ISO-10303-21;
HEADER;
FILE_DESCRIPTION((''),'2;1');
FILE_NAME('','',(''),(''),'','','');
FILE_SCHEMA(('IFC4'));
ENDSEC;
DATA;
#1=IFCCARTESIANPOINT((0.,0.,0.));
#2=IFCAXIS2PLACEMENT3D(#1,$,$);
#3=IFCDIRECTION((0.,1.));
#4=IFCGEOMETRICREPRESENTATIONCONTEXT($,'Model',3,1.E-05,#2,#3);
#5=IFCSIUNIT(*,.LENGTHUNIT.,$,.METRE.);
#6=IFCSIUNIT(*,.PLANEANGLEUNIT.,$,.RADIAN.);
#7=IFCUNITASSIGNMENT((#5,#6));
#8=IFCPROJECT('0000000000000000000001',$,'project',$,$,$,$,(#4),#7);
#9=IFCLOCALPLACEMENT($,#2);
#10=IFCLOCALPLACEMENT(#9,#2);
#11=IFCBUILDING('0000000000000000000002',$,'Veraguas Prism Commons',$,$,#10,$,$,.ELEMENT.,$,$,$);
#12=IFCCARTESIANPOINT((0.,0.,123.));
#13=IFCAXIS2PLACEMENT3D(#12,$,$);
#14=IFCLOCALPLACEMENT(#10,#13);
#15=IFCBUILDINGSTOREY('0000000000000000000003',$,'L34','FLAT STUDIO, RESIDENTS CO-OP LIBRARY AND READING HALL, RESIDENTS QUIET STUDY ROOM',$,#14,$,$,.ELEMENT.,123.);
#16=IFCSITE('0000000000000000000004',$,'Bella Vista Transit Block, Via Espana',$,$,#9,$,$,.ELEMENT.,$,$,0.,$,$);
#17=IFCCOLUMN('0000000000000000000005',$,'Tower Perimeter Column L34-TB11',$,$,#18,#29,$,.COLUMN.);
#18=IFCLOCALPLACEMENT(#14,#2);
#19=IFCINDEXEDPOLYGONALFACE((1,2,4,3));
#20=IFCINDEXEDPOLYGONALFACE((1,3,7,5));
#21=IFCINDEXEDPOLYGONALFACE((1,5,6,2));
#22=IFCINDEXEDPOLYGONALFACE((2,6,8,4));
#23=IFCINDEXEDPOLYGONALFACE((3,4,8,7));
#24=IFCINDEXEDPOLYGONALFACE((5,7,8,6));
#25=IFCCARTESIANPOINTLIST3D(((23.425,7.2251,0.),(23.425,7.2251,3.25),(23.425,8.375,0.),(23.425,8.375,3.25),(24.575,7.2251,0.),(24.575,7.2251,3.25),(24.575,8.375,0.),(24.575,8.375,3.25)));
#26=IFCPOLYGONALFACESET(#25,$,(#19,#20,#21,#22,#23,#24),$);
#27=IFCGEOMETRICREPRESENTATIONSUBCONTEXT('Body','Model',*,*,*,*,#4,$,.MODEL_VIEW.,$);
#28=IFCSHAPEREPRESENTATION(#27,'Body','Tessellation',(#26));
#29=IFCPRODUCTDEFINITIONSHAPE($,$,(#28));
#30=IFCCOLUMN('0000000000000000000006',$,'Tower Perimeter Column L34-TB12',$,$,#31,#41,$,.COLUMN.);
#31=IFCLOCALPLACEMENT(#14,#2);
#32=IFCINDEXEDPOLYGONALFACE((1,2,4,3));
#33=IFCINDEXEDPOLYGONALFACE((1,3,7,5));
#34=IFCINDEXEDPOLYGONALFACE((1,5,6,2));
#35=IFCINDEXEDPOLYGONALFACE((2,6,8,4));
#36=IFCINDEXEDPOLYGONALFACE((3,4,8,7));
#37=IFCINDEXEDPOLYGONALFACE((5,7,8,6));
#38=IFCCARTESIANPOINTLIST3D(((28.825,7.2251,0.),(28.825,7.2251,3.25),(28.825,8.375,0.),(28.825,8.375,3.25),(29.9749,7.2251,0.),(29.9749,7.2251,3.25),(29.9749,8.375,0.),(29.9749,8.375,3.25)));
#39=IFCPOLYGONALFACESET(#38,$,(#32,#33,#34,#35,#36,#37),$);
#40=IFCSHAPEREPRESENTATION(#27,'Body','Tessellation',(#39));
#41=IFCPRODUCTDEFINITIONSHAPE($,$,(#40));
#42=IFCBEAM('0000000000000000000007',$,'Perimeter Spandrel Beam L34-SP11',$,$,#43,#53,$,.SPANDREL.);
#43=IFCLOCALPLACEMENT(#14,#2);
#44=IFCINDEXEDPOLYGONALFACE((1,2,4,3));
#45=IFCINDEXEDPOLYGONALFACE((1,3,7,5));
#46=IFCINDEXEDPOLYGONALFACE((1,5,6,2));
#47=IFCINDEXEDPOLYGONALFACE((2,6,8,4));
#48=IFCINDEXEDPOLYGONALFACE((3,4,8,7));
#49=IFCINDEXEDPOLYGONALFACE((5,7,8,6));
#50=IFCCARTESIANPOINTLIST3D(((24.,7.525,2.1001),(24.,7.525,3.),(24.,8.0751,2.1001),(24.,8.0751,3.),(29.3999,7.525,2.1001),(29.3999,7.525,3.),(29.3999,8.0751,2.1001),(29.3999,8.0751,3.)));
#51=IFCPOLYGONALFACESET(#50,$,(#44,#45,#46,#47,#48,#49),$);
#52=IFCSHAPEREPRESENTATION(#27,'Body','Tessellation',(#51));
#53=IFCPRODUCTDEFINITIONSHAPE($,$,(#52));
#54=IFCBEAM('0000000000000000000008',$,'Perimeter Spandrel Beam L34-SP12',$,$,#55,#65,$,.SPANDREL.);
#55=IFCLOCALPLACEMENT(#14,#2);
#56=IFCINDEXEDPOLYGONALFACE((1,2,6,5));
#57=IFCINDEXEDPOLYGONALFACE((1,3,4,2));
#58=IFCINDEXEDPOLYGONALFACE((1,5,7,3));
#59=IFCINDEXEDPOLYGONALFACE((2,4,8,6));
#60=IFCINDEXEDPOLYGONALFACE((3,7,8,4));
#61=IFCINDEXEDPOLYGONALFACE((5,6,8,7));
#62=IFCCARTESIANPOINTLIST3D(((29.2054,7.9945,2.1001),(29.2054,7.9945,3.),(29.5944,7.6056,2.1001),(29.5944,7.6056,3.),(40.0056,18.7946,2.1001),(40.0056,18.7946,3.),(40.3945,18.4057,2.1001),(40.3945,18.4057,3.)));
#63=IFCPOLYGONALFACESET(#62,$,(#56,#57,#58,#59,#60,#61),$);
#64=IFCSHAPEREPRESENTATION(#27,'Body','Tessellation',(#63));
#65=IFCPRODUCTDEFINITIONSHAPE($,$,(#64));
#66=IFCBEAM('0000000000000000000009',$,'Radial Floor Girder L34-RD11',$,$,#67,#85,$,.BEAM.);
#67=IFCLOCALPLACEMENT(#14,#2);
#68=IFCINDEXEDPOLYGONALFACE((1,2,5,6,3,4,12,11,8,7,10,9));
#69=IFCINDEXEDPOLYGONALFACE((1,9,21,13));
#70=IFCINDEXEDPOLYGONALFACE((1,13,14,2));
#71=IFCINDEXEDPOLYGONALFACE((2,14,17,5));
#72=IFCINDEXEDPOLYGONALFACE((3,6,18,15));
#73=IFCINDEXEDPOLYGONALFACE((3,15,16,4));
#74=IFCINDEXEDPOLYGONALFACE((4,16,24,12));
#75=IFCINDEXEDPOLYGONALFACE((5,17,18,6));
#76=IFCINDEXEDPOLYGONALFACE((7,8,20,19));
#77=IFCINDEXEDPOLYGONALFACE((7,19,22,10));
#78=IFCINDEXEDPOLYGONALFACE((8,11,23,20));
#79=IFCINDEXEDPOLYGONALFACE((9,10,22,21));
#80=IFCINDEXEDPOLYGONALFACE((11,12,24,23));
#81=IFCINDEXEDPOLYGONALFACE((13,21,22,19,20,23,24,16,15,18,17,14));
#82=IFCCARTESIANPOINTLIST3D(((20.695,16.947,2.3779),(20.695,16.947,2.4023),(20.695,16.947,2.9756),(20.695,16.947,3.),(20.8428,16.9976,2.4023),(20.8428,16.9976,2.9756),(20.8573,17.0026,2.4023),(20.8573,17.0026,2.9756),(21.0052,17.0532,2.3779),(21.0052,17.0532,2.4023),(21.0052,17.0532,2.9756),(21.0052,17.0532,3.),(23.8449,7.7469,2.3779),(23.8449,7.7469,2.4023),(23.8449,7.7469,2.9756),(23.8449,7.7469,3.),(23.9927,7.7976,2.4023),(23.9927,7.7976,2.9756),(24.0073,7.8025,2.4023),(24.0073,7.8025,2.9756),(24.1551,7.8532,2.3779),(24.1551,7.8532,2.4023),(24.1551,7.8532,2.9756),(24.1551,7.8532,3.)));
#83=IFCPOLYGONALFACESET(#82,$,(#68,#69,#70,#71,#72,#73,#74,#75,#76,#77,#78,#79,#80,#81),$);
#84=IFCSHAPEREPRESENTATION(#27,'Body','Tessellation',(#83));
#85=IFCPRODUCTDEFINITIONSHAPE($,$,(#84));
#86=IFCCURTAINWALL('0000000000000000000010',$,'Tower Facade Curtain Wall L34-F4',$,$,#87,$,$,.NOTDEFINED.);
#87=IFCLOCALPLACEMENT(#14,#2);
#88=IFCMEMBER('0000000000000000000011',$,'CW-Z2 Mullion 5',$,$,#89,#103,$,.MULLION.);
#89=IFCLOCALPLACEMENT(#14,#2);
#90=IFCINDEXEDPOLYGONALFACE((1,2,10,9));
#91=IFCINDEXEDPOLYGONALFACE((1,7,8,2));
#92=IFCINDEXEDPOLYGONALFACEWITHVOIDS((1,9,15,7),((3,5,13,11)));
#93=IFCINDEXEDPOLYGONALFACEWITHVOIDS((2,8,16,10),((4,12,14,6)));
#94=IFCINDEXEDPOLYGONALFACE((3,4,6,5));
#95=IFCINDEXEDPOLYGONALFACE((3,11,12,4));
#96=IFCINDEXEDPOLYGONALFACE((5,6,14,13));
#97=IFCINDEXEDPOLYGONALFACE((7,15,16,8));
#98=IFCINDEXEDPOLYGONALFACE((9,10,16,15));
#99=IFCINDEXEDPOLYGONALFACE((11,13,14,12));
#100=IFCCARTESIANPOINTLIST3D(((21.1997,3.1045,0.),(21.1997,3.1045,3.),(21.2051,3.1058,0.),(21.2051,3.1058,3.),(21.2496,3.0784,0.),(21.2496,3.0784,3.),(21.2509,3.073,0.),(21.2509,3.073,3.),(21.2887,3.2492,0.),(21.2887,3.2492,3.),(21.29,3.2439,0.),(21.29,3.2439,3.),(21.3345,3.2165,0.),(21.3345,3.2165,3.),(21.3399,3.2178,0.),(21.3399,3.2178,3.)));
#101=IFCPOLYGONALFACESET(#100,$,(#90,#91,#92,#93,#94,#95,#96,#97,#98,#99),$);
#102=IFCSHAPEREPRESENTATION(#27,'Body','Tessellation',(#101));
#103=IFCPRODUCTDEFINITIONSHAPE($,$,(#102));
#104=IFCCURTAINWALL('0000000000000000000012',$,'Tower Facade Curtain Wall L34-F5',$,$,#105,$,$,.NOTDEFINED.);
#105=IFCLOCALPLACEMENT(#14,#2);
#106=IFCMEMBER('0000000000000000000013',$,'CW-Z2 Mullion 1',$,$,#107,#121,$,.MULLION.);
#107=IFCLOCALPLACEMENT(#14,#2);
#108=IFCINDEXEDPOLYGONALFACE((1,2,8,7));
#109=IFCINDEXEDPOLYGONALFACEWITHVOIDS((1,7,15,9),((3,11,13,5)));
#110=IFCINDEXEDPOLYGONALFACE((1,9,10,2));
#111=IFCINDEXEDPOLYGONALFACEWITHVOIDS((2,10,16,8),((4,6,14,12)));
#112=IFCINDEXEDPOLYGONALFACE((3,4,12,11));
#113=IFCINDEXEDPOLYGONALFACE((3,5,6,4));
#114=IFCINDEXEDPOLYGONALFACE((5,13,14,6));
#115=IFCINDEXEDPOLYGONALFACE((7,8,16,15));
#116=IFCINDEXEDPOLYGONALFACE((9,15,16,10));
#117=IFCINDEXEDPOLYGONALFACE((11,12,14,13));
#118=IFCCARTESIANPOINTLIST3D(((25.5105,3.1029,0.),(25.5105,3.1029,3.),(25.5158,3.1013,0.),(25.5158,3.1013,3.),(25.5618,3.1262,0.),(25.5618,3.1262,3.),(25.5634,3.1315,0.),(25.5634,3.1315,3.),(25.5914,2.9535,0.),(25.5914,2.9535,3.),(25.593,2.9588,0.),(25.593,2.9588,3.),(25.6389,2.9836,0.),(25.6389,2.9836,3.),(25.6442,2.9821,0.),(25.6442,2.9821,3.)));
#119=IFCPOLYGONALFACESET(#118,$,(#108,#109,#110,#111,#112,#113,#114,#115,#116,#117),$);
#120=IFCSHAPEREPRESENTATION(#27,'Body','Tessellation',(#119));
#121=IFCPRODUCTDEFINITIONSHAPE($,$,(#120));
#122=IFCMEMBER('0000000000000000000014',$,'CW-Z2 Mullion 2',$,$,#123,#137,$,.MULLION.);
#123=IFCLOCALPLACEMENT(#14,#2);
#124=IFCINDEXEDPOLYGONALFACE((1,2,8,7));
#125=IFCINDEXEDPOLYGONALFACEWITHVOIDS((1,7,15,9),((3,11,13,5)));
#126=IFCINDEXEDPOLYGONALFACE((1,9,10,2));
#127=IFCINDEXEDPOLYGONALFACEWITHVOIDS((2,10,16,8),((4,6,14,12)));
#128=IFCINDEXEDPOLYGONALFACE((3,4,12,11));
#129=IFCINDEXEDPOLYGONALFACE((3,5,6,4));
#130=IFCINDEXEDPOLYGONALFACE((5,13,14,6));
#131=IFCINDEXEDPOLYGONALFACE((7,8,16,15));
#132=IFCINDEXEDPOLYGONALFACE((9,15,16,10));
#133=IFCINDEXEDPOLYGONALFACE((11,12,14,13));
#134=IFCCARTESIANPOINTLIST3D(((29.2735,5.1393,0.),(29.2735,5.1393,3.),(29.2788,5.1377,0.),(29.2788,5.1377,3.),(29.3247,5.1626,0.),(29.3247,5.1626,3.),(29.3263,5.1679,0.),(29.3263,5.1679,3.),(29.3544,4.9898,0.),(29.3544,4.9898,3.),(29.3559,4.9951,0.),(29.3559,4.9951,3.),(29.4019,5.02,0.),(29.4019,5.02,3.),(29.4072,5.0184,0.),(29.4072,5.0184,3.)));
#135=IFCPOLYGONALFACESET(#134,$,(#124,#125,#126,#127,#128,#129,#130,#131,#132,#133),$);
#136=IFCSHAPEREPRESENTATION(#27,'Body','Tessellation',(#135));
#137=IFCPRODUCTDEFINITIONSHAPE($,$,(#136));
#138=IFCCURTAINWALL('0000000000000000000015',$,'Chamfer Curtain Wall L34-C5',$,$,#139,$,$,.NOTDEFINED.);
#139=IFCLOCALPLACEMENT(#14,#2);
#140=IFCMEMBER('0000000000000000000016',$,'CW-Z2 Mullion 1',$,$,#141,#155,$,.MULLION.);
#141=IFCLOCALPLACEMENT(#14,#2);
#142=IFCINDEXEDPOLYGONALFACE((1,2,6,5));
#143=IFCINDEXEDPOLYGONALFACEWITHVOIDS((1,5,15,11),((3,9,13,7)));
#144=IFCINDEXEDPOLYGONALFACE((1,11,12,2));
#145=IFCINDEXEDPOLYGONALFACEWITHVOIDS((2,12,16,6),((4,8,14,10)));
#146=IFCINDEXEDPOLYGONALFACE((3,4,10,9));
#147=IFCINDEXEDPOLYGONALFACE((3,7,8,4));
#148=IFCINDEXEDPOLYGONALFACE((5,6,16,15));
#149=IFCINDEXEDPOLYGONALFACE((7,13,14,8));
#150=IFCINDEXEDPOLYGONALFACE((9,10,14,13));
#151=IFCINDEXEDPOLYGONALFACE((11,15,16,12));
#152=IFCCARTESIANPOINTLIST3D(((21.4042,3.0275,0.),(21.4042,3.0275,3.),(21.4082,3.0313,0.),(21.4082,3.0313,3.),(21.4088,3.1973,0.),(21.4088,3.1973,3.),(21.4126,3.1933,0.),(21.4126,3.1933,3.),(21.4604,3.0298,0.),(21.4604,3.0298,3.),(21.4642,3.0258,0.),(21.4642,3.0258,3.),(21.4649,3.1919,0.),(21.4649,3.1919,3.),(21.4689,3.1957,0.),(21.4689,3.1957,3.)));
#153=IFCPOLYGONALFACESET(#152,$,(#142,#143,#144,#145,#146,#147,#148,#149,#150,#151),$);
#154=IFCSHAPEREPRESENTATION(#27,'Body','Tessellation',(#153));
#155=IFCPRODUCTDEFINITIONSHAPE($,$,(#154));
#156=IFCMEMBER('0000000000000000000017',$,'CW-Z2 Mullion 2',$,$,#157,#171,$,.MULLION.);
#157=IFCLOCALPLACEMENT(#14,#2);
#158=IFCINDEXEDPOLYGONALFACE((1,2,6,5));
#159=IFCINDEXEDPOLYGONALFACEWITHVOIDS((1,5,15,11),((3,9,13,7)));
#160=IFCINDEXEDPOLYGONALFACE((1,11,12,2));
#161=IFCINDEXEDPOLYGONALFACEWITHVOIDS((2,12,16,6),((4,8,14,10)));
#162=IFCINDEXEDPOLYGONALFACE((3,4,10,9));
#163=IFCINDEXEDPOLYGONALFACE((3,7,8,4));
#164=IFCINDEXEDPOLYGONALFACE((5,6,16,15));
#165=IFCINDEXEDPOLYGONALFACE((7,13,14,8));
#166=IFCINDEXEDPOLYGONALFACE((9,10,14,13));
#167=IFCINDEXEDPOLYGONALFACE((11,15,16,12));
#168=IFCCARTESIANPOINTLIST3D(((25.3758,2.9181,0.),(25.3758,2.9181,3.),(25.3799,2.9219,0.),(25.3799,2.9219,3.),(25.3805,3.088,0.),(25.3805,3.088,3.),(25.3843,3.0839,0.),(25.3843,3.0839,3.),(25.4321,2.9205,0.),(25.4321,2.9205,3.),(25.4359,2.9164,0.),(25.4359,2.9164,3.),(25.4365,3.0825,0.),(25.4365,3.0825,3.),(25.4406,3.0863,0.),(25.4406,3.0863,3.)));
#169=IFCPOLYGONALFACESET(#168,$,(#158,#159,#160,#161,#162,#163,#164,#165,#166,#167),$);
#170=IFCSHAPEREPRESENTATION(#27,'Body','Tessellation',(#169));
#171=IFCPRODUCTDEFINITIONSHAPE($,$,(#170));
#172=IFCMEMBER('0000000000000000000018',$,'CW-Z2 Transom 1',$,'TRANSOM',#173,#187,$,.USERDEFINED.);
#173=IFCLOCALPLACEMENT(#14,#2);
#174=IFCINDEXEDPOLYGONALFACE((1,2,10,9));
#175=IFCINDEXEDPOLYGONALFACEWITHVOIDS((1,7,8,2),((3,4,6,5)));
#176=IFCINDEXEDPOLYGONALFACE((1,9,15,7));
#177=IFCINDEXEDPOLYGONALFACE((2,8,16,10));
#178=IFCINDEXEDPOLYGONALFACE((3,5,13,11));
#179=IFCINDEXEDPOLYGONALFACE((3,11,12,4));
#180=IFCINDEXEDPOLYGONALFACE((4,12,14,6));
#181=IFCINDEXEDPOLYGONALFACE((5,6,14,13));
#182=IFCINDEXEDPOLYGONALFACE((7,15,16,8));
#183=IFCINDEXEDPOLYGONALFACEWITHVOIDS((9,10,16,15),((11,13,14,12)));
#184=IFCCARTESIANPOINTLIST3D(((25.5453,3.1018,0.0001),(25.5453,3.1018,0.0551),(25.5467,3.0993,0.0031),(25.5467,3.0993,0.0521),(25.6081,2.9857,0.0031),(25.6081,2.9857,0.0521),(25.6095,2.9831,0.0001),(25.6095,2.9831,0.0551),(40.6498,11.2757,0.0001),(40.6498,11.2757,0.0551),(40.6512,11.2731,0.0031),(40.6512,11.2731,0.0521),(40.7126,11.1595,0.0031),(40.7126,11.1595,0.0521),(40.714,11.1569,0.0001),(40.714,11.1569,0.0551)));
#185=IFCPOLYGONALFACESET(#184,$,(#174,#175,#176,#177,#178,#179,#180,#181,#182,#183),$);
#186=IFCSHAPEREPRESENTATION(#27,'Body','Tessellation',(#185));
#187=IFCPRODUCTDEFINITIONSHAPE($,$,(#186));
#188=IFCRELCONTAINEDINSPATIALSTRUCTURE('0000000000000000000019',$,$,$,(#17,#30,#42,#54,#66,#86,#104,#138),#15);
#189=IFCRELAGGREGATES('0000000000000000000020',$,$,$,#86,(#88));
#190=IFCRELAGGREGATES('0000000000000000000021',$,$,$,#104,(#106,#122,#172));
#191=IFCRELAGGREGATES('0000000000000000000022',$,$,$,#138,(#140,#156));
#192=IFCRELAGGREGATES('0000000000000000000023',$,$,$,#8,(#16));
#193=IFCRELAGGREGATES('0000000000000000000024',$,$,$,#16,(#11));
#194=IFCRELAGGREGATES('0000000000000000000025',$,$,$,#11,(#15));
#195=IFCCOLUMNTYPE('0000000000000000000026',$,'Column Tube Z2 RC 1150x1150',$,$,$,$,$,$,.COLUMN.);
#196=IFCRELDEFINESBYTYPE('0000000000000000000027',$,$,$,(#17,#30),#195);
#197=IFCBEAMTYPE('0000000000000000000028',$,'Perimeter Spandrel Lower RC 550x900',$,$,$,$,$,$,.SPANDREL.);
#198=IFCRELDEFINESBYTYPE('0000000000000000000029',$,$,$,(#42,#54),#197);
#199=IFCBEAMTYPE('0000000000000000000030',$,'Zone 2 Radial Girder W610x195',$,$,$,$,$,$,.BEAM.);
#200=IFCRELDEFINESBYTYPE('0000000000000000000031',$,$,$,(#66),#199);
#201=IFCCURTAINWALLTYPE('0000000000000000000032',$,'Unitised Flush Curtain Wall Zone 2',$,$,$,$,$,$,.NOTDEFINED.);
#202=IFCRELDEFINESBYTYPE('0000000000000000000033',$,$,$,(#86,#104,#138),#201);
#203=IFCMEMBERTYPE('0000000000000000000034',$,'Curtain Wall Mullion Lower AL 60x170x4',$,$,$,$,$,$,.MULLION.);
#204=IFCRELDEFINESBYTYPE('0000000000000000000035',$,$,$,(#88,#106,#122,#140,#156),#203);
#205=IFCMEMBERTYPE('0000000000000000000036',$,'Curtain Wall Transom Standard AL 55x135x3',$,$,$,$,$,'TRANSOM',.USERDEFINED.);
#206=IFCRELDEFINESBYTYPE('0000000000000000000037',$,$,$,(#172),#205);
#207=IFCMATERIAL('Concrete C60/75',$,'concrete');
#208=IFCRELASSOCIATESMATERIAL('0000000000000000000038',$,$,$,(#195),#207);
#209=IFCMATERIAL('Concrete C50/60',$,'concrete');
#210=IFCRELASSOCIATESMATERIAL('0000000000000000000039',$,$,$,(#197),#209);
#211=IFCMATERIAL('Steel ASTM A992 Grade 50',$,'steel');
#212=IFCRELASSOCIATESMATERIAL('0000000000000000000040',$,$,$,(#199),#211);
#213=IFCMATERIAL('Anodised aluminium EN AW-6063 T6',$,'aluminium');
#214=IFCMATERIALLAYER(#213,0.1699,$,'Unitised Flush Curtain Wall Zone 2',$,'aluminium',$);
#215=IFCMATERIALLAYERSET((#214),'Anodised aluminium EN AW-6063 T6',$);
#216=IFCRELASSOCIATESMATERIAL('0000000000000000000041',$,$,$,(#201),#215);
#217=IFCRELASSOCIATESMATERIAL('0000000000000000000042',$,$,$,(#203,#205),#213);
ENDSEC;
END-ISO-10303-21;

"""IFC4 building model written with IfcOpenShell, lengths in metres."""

from ifc_helpers import new_model, si_unit, direction, frame, origin, origin_2d, place, context, subcontext, project, spatial, rectangle, hollow_rectangle, i_section, extrude, source, transform, mapped, material, layer, layer_set, material_profile, profile_set, type_object, element, aggregate, save


model = new_model("IFC4")

# Units and contexts
model_context = context("Model", 3, precision=1e-05, world=origin(), true_north=direction((0.0, 1.0)))
body_context = subcontext(model_context, "Body", "Model", "MODEL_VIEW")
ifc_project = project(units=[si_unit("LENGTHUNIT", "METRE"), si_unit("PLANEANGLEUNIT", "RADIAN")], contexts=[model_context])

# Site, building, storey
site_placement = place(None, origin())
site = spatial("IfcSite", under=ifc_project, at=site_placement, Name="Bella Vista Transit Block, Via Espana", CompositionType="ELEMENT", RefElevation=0.0)
building_placement = place(site_placement, origin())
building = spatial("IfcBuilding", under=site, at=building_placement, Name="Veraguas Prism Commons", CompositionType="ELEMENT")
storey_placement = place(building_placement, frame((0.0, 0.0, 123.0)))
storey = spatial("IfcBuildingStorey", under=building, at=storey_placement, Name="L34", Description="FLAT STUDIO, RESIDENTS CO-OP LIBRARY AND READING HALL, RESIDENTS QUIET STUDY ROOM", CompositionType="ELEMENT", Elevation=123.0)

# Columns
ifc_material_1 = material(Name="Concrete C60/75", Category="concrete")
ifc_material_profile_1 = material_profile(ifc_material_1, rectangle(XDim=1.1499, YDim=1.1499, at=origin_2d()), Name="RC1150X1150")
ifc_profile_set_1 = profile_set([ifc_material_profile_1], Name="Concrete C60/75")
column_type = type_object("IfcColumnType", Name="Column Tube Z2 RC 1150x1150", PredefinedType="COLUMN", material=ifc_profile_set_1)
for number, where, z_axis, x_axis, name in (
    (1, (24.0, 7.8, 0.0), (0.0, 0.0, 1.0), (1.0, 0.0, 0.0), "Tower Perimeter Column L34-TB11"),
    (2, (29.3999, 7.8, 0.0), (0.0, 0.0, 1.0), (1.0, 0.0, 0.0), "Tower Perimeter Column L34-TB12"),
):
    element("IfcColumn", number, at=place(storey_placement, frame(where, z_axis=z_axis, x_axis=x_axis)), inside=storey, type_object=column_type, Name=name, PredefinedType="COLUMN", context=body_context, shape_type="SweptSolid", body=[
        extrude(rectangle(XDim=1.1499, YDim=1.1499, at=origin_2d()), origin(), (0.0, 0.0, 1.0), 3.25),
    ])

# Beams
ifc_material_2 = material(Name="Concrete C50/60", Category="concrete")
ifc_material_profile_2 = material_profile(ifc_material_2, rectangle(XDim=0.55, YDim=0.8999, at=origin_2d()), Name="RC550X900")
ifc_profile_set_2 = profile_set([ifc_material_profile_2], Name="Concrete C50/60")
beam_type_1 = type_object("IfcBeamType", Name="Perimeter Spandrel Lower RC 550x900", PredefinedType="SPANDREL", material=ifc_profile_set_2)
beam_1_placement = place(storey_placement, frame((24.0, 7.8, 2.55), z_axis=(1.0, 0.0, 0.0), x_axis=(0.0, 1.0, 0.0)))
element("IfcBeam", 3, at=beam_1_placement, inside=storey, type_object=beam_type_1, Name="Perimeter Spandrel Beam L34-SP11", PredefinedType="SPANDREL", context=body_context, shape_type="SweptSolid", body=[
    extrude(rectangle(XDim=0.55, YDim=0.8999, at=origin_2d()), origin(), (0.0, 0.0, 1.0), 5.3999),
])
beam_2_placement = place(storey_placement, frame((29.3999, 7.8, 2.55), z_axis=(0.707107, 0.707107, 0.0), x_axis=(-0.707107, 0.707107, 0.0)))
element("IfcBeam", 4, at=beam_2_placement, inside=storey, type_object=beam_type_1, Name="Perimeter Spandrel Beam L34-SP12", PredefinedType="SPANDREL", context=body_context, shape_type="SweptSolid", body=[
    extrude(rectangle(XDim=0.55, YDim=0.8999, at=origin_2d()), origin(), (0.0, 0.0, 1.0), 15.2737),
])
ifc_material_3 = material(Name="Steel ASTM A992 Grade 50", Category="steel")
ifc_material_profile_3 = material_profile(ifc_material_3, i_section(OverallWidth=0.3279, OverallDepth=0.6221, WebThickness=0.0154, FlangeThickness=0.0244, at=origin_2d()), Name="W610X195")
ifc_profile_set_3 = profile_set([ifc_material_profile_3], Name="Steel ASTM A992 Grade 50")
beam_type_2 = type_object("IfcBeamType", Name="Zone 2 Radial Girder W610x195", PredefinedType="BEAM", material=ifc_profile_set_3)
beam_3_placement = place(storey_placement, frame((24.0, 7.8, 2.689), z_axis=(-0.323922, 0.946084, 0.0), x_axis=(-0.946084, -0.323922, 0.0)))
element("IfcBeam", 5, at=beam_3_placement, inside=storey, type_object=beam_type_2, Name="Radial Floor Girder L34-RD11", PredefinedType="BEAM", context=body_context, shape_type="SweptSolid", body=[
    extrude(i_section(OverallWidth=0.3279, OverallDepth=0.6221, WebThickness=0.0154, FlangeThickness=0.0244, at=origin_2d()), origin(), (0.0, 0.0, 1.0), 9.7244),
])

# Curtain wall, member
ifc_material_4 = material(Name="Anodised aluminium EN AW-6063 T6", Category="aluminium")
ifc_layer_1 = layer(ifc_material_4, 0.1699, Name="Unitised Flush Curtain Wall Zone 2", Category="aluminium")
ifc_layer_set_1 = layer_set([ifc_layer_1], Name="Anodised aluminium EN AW-6063 T6")
curtain_wall_type = type_object("IfcCurtainWallType", Name="Unitised Flush Curtain Wall Zone 2", PredefinedType="NOTDEFINED", material=ifc_layer_set_1)
curtain_wall_1_placement = place(storey_placement, origin())
curtain_wall_1 = element("IfcCurtainWall", 6, at=curtain_wall_1_placement, inside=storey, type_object=curtain_wall_type, Name="Tower Facade Curtain Wall L34-F4", PredefinedType="NOTDEFINED")
ifc_material_profile_4 = material_profile(ifc_material_4, hollow_rectangle(XDim=0.0601, YDim=0.1699, WallThickness=0.0039, at=origin_2d()), Name="AL60X170X4")
ifc_profile_set_4 = profile_set([ifc_material_profile_4], Name="Anodised aluminium EN AW-6063 T6")
member_type_1 = type_object("IfcMemberType", Name="Curtain Wall Mullion Lower AL 60x170x4", PredefinedType="MULLION", material=ifc_profile_set_4)
shared_shape_1 = source(origin(), body_context, "Body", "SweptSolid", [
    extrude(hollow_rectangle(XDim=0.0601, YDim=0.1699, WallThickness=0.0039, at=origin_2d()), origin(), (0.0, 0.0, 1.0), 3.0),
])
member_1_placement = place(storey_placement, frame((21.2698, 3.1611, 0.0), z_axis=(0.0, 0.0, 1.0), x_axis=(0.851908, -0.523692, 0.0)))
member_1 = element("IfcMember", 7, at=member_1_placement, type_object=member_type_1, Name="CW-Z2 Mullion 5", PredefinedType="MULLION", context=body_context, shape_type="MappedRepresentation", body=[
    mapped(shared_shape_1, transform((0.0, 0.0, 0.0), scale=1.0)),
])
aggregate(curtain_wall_1, [member_1])

# Curtain walls, members
curtain_wall_2_placement = place(storey_placement, origin())
curtain_wall_2 = element("IfcCurtainWall", 8, at=curtain_wall_2_placement, inside=storey, type_object=curtain_wall_type, Name="Tower Facade Curtain Wall L34-F5", PredefinedType="NOTDEFINED")
member_2_placement = place(storey_placement, frame((25.5774, 3.0425, 0.0), z_axis=(0.0, 0.0, 1.0), x_axis=(0.879484, 0.475928, 0.0)))
member_2 = element("IfcMember", 9, at=member_2_placement, type_object=member_type_1, Name="CW-Z2 Mullion 1", PredefinedType="MULLION", context=body_context, shape_type="MappedRepresentation", body=[
    mapped(shared_shape_1, transform((0.0, 0.0, 0.0), scale=1.0)),
])
member_3_placement = place(storey_placement, frame((29.3403, 5.0789, 0.0), z_axis=(0.0, 0.0, 1.0), x_axis=(0.879484, 0.475928, 0.0)))
member_3 = element("IfcMember", 10, at=member_3_placement, type_object=member_type_1, Name="CW-Z2 Mullion 2", PredefinedType="MULLION", context=body_context, shape_type="MappedRepresentation", body=[
    mapped(shared_shape_1, transform((0.0, 0.0, 0.0), scale=1.0)),
])
curtain_wall_3_placement = place(storey_placement, origin())
curtain_wall_3 = element("IfcCurtainWall", 11, at=curtain_wall_3_placement, inside=storey, type_object=curtain_wall_type, Name="Chamfer Curtain Wall L34-C5", PredefinedType="NOTDEFINED")
member_4_placement = place(storey_placement, frame((21.4365, 3.1116, 0.0), z_axis=(0.0, 0.0, 1.0), x_axis=(0.999621, -0.027547, 0.0)))
member_4 = element("IfcMember", 12, at=member_4_placement, type_object=member_type_1, Name="CW-Z2 Mullion 1", PredefinedType="MULLION", context=body_context, shape_type="MappedRepresentation", body=[
    mapped(shared_shape_1, transform((0.0, 0.0, 0.0), scale=1.0)),
])
member_5_placement = place(storey_placement, frame((25.4082, 3.0022, 0.0), z_axis=(0.0, 0.0, 1.0), x_axis=(0.999621, -0.027547, 0.0)))
member_5 = element("IfcMember", 13, at=member_5_placement, type_object=member_type_1, Name="CW-Z2 Mullion 2", PredefinedType="MULLION", context=body_context, shape_type="MappedRepresentation", body=[
    mapped(shared_shape_1, transform((0.0, 0.0, 0.0), scale=1.0)),
])

# Member
ifc_material_profile_5 = material_profile(ifc_material_4, hollow_rectangle(XDim=0.0549, YDim=0.135, WallThickness=0.0029, at=origin_2d()), Name="AL55X135X3")
ifc_profile_set_5 = profile_set([ifc_material_profile_5], Name="Anodised aluminium EN AW-6063 T6")
member_type_2 = type_object("IfcMemberType", Name="Curtain Wall Transom Standard AL 55x135x3", ElementType="TRANSOM", PredefinedType="USERDEFINED", material=ifc_profile_set_5)
shared_shape_2 = source(origin(), body_context, "Body", "SweptSolid", [
    extrude(hollow_rectangle(XDim=0.0549, YDim=0.135, WallThickness=0.0029, at=origin_2d()), origin(), (0.0, 0.0, 1.0), 17.1743),
])
member_6_placement = place(storey_placement, frame((25.5774, 3.0425, 0.0276), z_axis=(0.879481, 0.475933, 0.0), x_axis=(0.0, 0.0, 1.0)))
member_6 = element("IfcMember", 14, at=member_6_placement, type_object=member_type_2, Name="CW-Z2 Transom 1", ObjectType="TRANSOM", PredefinedType="USERDEFINED", context=body_context, shape_type="MappedRepresentation", body=[
    mapped(shared_shape_2, transform((0.0, 0.0, 0.0), scale=1.0)),
])

aggregate(curtain_wall_2, [member_2, member_3, member_6])
aggregate(curtain_wall_3, [member_4, member_5])

save(model, "model.ifc")
